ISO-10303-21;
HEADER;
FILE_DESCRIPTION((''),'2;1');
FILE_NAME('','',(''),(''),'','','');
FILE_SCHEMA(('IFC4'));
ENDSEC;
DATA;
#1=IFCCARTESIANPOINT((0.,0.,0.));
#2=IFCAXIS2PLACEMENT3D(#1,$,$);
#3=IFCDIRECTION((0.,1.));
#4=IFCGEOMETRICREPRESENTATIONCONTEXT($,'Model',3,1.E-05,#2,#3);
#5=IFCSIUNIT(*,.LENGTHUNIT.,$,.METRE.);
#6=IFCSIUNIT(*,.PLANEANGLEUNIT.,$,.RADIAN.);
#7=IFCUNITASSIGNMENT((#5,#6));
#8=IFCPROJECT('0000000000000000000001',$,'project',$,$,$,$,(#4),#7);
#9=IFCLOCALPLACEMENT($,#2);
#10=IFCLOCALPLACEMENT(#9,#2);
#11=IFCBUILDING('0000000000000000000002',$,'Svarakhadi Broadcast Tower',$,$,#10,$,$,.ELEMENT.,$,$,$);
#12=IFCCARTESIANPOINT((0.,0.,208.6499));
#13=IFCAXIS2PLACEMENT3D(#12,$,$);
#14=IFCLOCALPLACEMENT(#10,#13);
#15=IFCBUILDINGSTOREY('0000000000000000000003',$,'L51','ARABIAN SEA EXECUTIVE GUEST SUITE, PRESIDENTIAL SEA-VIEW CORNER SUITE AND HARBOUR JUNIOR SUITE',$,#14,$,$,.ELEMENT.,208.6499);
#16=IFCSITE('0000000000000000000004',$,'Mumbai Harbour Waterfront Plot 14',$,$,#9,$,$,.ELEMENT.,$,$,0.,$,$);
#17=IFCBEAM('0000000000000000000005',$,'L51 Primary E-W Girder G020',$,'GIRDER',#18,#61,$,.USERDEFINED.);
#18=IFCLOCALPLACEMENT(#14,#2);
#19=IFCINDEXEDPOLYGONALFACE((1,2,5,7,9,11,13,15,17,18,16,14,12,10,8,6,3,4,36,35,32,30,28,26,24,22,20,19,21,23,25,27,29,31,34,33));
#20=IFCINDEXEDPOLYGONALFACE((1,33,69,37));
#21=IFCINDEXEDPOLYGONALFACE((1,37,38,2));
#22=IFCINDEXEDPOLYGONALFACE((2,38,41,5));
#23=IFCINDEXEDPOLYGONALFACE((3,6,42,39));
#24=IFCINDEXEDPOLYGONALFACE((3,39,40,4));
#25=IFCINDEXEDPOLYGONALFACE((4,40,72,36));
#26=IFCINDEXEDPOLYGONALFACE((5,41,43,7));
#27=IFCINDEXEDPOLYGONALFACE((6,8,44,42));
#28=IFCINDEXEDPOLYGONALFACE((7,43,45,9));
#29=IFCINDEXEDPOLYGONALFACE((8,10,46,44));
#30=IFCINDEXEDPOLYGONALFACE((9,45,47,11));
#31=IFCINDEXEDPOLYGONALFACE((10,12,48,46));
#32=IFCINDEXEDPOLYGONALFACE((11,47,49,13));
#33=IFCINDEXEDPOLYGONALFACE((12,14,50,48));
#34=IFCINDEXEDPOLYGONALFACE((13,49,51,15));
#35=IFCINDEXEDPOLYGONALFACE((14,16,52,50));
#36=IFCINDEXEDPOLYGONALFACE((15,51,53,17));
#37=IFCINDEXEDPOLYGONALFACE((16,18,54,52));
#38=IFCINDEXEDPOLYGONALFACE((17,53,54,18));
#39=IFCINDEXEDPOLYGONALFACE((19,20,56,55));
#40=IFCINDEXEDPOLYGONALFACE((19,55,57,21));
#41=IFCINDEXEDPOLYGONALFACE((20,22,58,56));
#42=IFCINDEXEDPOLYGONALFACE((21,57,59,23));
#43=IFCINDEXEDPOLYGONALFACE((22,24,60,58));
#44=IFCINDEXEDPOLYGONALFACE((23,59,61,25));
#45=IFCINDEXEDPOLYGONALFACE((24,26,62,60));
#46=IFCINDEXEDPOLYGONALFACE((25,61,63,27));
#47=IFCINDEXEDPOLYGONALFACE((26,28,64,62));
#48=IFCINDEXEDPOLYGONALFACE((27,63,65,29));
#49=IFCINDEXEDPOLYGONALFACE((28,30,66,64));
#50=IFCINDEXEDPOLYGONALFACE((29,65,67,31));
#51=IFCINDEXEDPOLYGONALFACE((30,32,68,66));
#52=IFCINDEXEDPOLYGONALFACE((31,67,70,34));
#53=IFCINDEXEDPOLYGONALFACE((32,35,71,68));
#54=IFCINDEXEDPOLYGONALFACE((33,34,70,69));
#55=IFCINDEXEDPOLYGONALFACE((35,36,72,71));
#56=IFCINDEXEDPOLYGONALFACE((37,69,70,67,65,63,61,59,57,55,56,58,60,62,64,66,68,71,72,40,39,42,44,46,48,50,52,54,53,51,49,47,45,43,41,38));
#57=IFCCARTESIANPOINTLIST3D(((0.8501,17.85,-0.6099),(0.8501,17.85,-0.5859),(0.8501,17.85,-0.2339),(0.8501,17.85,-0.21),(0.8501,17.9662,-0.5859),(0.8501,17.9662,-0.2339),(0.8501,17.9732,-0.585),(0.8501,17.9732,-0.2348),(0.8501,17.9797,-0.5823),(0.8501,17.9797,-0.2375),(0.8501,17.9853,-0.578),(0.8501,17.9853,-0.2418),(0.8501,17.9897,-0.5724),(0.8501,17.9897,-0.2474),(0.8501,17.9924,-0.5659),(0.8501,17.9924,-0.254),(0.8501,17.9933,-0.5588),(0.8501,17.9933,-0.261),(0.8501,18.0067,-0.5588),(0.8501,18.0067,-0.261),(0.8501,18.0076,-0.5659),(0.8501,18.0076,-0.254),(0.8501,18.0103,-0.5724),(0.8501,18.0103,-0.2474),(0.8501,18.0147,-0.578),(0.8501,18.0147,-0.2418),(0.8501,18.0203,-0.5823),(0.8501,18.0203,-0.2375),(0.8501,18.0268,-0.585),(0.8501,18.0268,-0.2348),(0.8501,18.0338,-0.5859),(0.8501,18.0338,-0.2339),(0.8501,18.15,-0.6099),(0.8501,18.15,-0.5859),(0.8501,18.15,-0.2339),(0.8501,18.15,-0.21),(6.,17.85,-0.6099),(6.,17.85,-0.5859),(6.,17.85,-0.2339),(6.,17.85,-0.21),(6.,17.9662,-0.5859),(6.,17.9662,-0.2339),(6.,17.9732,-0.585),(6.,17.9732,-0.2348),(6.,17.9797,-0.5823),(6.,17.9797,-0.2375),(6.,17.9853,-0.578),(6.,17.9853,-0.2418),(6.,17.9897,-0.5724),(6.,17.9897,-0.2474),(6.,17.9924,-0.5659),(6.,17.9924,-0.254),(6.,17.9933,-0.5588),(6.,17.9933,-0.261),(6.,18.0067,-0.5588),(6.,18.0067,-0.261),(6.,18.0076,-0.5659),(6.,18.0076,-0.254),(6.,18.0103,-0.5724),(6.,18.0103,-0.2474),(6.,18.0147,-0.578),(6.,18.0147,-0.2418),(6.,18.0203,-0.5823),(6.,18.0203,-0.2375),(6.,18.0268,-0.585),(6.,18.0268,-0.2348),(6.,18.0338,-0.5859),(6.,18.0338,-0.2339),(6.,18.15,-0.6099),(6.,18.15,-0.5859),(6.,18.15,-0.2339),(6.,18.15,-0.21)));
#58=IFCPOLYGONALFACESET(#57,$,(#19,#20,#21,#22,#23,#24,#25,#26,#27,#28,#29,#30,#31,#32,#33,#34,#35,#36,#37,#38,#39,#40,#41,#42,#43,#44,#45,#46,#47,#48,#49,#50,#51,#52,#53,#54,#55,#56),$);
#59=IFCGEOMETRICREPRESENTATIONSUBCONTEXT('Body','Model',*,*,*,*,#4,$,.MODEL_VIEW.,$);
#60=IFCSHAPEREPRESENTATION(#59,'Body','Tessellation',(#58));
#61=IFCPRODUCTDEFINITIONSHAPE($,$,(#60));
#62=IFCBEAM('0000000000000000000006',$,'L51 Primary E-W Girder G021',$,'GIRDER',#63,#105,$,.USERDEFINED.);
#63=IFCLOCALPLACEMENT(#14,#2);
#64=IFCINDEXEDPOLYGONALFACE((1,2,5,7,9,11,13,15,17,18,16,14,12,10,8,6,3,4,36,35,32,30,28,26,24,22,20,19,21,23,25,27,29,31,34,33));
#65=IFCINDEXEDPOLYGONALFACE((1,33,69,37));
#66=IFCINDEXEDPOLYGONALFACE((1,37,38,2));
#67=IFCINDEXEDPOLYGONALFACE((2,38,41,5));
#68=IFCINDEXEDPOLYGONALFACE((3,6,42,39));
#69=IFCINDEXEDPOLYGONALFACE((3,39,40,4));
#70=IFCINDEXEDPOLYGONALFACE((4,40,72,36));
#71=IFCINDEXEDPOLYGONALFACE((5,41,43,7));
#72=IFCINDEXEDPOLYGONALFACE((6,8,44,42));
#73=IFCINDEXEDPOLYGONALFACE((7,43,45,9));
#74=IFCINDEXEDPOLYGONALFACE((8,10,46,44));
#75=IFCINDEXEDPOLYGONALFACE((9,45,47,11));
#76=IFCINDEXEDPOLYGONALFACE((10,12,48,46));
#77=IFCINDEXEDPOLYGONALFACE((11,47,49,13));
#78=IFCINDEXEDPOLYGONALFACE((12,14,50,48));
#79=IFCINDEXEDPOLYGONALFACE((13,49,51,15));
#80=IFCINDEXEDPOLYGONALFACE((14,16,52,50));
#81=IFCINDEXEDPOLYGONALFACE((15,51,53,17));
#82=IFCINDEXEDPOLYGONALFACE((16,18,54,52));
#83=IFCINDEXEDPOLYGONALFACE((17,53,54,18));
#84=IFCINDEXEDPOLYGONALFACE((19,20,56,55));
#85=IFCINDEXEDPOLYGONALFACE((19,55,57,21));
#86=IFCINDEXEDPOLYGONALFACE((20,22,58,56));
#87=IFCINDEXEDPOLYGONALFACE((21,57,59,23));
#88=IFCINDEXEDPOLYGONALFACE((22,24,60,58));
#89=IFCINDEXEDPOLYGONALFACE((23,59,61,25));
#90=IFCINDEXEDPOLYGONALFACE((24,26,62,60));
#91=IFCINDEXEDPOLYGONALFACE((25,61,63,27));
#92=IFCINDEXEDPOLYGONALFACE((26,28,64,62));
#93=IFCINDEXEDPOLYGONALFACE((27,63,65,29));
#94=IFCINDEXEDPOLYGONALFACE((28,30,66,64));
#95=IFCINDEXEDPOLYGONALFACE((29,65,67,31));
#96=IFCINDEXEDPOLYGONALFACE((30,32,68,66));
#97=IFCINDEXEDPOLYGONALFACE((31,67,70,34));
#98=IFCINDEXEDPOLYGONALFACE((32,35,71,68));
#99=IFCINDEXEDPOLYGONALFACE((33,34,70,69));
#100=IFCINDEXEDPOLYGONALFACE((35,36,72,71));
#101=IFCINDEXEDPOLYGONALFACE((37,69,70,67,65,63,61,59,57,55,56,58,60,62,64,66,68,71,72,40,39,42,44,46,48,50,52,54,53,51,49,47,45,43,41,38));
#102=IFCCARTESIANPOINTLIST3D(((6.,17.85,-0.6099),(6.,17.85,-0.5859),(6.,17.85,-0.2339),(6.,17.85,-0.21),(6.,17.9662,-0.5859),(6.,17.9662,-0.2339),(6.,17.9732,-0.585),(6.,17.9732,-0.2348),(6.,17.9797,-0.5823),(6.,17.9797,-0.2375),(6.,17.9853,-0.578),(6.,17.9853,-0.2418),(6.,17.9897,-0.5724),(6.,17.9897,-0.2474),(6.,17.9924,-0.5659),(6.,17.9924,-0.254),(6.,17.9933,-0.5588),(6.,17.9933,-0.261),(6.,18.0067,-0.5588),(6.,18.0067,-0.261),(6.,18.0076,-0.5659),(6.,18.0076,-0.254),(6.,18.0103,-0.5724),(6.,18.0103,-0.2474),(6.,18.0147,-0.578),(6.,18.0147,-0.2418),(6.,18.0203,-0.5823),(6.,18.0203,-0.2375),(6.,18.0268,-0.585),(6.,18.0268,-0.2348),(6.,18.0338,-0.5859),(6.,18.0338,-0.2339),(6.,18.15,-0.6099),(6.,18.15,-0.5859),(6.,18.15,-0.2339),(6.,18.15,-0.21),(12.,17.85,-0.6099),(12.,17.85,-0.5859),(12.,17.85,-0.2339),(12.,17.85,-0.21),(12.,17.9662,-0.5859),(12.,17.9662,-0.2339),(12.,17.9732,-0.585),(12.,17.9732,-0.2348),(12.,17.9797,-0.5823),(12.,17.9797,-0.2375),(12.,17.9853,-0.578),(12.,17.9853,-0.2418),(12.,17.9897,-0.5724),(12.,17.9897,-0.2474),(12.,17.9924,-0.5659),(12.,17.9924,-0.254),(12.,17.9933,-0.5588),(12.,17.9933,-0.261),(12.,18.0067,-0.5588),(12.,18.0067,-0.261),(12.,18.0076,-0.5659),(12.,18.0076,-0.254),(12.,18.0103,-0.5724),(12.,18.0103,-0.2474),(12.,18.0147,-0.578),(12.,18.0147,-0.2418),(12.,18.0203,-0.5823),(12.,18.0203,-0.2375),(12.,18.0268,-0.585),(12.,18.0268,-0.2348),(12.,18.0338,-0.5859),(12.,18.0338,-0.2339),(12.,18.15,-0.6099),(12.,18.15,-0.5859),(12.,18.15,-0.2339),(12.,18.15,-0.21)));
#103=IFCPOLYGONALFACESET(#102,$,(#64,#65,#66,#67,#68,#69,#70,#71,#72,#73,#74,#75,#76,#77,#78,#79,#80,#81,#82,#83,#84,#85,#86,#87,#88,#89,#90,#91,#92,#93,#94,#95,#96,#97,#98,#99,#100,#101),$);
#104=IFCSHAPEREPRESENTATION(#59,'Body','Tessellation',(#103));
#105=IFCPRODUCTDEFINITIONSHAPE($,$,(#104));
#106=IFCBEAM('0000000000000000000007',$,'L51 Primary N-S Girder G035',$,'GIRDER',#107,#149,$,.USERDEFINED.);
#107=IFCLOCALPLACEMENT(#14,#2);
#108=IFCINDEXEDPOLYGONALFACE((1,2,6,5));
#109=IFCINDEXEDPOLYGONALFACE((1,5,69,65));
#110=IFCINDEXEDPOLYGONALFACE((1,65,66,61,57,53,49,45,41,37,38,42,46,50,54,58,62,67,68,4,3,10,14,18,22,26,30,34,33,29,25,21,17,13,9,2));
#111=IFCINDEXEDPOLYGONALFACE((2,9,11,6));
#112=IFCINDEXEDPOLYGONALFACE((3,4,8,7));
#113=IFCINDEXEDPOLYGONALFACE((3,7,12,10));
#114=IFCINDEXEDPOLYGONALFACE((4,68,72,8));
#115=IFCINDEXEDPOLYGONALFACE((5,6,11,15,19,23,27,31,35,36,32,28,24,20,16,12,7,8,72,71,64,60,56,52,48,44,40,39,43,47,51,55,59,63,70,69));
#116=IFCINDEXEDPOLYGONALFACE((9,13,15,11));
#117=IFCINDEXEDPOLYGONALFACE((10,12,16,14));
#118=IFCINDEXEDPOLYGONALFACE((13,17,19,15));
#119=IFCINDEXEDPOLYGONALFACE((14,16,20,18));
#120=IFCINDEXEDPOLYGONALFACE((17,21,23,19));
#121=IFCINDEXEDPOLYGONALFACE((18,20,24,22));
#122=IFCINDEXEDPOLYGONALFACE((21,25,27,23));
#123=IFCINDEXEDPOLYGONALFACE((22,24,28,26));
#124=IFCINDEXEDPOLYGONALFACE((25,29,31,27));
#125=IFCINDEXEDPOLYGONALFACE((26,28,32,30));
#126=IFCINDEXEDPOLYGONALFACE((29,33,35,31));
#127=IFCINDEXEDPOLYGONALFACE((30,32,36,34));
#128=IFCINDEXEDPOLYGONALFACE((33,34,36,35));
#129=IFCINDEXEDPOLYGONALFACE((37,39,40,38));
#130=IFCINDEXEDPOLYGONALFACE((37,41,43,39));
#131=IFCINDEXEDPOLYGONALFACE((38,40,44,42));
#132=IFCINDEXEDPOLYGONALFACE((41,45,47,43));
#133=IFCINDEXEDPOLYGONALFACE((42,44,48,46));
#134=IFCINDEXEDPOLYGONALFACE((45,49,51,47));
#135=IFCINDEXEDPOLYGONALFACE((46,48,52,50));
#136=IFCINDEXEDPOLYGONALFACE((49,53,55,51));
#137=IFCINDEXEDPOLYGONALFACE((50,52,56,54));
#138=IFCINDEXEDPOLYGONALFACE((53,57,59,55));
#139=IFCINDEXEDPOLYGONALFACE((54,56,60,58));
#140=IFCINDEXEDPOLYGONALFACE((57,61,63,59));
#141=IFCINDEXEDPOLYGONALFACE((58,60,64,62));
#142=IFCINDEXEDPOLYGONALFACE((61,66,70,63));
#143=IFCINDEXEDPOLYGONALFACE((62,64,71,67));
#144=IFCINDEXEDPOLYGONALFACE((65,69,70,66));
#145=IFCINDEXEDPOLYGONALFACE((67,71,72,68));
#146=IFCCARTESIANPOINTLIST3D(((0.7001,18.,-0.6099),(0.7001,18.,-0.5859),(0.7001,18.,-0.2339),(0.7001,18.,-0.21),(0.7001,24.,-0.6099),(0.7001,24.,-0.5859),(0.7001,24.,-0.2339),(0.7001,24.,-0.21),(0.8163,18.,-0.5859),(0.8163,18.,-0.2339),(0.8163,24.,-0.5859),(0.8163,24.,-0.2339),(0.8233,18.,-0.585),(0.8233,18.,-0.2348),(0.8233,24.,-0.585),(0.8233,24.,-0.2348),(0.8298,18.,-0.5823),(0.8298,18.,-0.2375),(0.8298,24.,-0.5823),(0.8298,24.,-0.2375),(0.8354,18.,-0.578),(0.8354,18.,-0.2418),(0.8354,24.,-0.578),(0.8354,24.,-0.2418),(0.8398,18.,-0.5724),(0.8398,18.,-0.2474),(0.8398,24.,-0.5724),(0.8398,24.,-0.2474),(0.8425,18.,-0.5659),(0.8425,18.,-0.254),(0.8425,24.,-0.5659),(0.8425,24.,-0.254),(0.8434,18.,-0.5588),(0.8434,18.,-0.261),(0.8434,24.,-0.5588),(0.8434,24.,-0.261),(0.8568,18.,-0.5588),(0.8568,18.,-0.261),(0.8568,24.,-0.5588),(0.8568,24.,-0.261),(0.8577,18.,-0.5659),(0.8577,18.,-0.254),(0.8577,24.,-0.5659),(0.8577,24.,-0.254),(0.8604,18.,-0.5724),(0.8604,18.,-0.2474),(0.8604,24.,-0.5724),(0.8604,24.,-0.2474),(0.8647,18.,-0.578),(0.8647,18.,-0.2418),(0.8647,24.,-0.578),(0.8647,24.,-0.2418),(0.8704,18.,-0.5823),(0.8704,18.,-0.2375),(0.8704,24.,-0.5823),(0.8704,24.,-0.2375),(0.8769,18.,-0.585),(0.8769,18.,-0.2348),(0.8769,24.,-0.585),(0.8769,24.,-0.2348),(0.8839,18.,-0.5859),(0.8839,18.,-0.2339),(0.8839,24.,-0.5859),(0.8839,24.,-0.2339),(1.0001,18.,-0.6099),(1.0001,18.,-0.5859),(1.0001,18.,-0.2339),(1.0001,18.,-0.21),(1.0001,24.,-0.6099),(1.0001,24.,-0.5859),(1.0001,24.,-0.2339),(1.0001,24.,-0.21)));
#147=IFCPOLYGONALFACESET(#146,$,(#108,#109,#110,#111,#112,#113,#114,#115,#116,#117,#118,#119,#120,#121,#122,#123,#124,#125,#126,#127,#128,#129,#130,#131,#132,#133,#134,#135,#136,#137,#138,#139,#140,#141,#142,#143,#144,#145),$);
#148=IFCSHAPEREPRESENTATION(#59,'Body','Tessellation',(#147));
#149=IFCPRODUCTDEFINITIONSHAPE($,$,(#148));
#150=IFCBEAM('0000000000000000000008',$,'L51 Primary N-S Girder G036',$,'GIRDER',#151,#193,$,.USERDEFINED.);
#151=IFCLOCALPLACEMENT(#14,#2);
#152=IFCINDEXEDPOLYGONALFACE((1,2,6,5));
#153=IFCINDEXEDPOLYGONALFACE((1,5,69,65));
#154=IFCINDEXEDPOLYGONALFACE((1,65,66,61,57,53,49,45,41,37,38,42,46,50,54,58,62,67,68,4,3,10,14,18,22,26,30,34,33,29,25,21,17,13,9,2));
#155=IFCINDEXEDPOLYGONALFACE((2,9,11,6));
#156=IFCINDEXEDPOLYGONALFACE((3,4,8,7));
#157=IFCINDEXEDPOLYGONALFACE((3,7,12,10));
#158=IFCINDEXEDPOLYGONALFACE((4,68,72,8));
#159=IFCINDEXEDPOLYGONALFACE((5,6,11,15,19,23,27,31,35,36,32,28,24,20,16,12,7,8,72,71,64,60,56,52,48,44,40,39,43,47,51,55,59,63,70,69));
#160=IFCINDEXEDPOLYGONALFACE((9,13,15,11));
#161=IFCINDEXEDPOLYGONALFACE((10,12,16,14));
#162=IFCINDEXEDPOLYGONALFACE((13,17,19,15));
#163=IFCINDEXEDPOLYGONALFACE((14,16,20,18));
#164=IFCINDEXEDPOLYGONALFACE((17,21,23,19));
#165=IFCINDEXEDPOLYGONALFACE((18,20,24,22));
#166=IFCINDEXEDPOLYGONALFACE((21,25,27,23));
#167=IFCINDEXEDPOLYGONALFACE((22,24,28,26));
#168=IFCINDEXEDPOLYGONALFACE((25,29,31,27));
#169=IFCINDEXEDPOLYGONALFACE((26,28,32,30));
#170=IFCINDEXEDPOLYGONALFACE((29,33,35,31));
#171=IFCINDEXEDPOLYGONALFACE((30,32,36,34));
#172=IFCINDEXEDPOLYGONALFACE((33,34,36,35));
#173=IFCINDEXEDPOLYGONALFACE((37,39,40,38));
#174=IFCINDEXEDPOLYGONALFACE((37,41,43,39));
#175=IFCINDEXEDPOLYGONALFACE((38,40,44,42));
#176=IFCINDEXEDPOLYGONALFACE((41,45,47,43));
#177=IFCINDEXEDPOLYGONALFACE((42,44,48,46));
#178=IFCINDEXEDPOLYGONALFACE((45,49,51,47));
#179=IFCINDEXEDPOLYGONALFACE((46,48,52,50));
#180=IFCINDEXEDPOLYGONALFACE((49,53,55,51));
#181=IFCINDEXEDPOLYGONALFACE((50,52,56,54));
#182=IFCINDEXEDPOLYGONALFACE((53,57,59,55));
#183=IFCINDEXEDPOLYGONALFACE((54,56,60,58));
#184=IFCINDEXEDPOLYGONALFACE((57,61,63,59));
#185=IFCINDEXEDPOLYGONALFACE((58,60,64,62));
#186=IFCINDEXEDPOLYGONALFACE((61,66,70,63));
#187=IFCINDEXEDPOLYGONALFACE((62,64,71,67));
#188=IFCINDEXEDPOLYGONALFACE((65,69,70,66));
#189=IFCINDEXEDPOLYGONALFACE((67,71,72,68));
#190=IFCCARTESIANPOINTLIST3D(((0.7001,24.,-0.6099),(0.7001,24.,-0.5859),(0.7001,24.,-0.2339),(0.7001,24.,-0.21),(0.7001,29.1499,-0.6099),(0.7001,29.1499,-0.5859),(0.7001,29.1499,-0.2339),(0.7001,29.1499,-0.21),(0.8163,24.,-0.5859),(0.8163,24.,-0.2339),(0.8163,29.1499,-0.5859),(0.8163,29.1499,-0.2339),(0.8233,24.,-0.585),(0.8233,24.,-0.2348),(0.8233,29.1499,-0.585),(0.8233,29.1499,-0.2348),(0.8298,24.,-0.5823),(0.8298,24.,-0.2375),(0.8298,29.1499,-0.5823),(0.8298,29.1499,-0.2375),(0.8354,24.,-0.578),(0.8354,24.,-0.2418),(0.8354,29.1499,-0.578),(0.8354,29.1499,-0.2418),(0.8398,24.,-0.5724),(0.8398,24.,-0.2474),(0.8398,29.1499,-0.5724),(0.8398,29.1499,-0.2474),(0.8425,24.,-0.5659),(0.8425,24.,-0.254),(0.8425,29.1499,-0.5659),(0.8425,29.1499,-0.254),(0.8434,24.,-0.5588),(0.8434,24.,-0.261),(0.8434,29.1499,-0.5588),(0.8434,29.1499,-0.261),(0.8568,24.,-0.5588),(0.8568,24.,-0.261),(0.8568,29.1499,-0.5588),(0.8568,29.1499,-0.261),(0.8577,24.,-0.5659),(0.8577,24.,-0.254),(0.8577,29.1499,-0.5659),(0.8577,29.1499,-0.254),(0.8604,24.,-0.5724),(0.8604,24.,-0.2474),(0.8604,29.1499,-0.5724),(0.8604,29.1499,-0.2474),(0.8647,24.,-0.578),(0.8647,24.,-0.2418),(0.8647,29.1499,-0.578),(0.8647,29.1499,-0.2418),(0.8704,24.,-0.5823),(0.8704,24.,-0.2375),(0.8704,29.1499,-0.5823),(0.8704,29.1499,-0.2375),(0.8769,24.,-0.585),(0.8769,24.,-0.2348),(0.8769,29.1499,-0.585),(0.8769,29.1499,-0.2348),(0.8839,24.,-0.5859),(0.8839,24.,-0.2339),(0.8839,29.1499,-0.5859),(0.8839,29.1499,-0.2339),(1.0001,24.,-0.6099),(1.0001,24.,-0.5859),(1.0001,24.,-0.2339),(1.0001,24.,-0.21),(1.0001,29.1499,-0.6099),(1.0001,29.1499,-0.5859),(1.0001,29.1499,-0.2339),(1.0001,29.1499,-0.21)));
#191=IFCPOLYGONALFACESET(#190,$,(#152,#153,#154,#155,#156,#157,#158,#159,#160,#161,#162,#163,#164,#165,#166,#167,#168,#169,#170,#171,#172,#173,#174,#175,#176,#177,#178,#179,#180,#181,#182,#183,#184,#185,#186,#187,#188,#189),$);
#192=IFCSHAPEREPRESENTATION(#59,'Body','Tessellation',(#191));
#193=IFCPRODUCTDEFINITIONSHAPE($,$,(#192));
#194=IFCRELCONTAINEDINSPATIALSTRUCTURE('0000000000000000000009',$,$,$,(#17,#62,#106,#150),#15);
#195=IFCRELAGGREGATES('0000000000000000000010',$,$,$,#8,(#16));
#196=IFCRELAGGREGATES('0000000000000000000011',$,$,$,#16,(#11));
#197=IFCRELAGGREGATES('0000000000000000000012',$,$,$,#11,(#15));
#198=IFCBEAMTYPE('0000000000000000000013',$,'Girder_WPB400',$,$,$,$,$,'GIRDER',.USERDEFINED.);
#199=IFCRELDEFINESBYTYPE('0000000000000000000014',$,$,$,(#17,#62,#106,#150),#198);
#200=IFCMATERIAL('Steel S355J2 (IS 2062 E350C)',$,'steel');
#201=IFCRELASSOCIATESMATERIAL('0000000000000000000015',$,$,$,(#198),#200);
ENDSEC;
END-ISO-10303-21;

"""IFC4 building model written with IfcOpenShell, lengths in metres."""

from ifc_helpers import new_model, si_unit, direction, frame, origin, origin_2d, place, context, subcontext, project, spatial, i_section, extrude, material, material_profile, profile_set, type_object, element, save


model = new_model("IFC4")

# Units and contexts
model_context = context("Model", 3, precision=1e-05, world=origin(), true_north=direction((0.0, 1.0)))
body_context = subcontext(model_context, "Body", "Model", "MODEL_VIEW")
ifc_project = project(units=[si_unit("LENGTHUNIT", "METRE"), si_unit("PLANEANGLEUNIT", "RADIAN")], contexts=[model_context])

# Site, building, storey
site_placement = place(None, origin())
site = spatial("IfcSite", under=ifc_project, at=site_placement, Name="Mumbai Harbour Waterfront Plot 14", CompositionType="ELEMENT", RefElevation=0.0)
building_placement = place(site_placement, origin())
building = spatial("IfcBuilding", under=site, at=building_placement, Name="Svarakhadi Broadcast Tower", CompositionType="ELEMENT")
storey_placement = place(building_placement, frame((0.0, 0.0, 208.6499)))
storey = spatial("IfcBuildingStorey", under=building, at=storey_placement, Name="L51", Description="ARABIAN SEA EXECUTIVE GUEST SUITE, PRESIDENTIAL SEA-VIEW CORNER SUITE AND HARBOUR JUNIOR SUITE", CompositionType="ELEMENT", Elevation=208.6499)

# Shared definitions
ifc_material_1 = material(Name="Steel S355J2 (IS 2062 E350C)", Category="steel")

# Beams
ifc_material_profile_1 = material_profile(ifc_material_1, i_section(OverallWidth=0.3, OverallDepth=0.3999, WebThickness=0.0134, FlangeThickness=0.0239, FilletRadius=0.0271, at=origin_2d()), Name="WPB 400x300x155")
ifc_profile_set_1 = profile_set([ifc_material_profile_1], Name="Steel S355J2 (IS 2062 E350C)")
beam_type_1 = type_object("IfcBeamType", Name="Girder_WPB400", ElementType="GIRDER", PredefinedType="USERDEFINED", material=ifc_profile_set_1)
beam_1_placement = place(storey_placement, frame((0.8501, 18.0, -0.4099), z_axis=(1.0, 0.0, 0.0), x_axis=(0.0, 1.0, 0.0)))
element("IfcBeam", 1, at=beam_1_placement, inside=storey, type_object=beam_type_1, Name="L51 Primary E-W Girder G020", ObjectType="GIRDER", PredefinedType="USERDEFINED", context=body_context, shape_type="SweptSolid", body=[
    extrude(i_section(OverallWidth=0.3, OverallDepth=0.3999, WebThickness=0.0134, FlangeThickness=0.0239, FilletRadius=0.0271, at=origin_2d()), origin(), (0.0, 0.0, 1.0), 5.1499),
])
for number, where, z_axis, x_axis, name in (
    (2, (6.0, 18.0, -0.4099), (1.0, 0.0, 0.0), (0.0, 1.0, 0.0), "L51 Primary E-W Girder G021"),
    (3, (0.8501, 18.0, -0.4099), (0.0, 1.0, 0.0), (-1.0, 0.0, 0.0), "L51 Primary N-S Girder G035"),
):
    element("IfcBeam", number, at=place(storey_placement, frame(where, z_axis=z_axis, x_axis=x_axis)), inside=storey, type_object=beam_type_1, Name=name, ObjectType="GIRDER", PredefinedType="USERDEFINED", context=body_context, shape_type="SweptSolid", body=[
        extrude(i_section(OverallWidth=0.3, OverallDepth=0.3999, WebThickness=0.0134, FlangeThickness=0.0239, FilletRadius=0.0271, at=origin_2d()), origin(), (0.0, 0.0, 1.0), 6.0),
    ])
beam_2_placement = place(storey_placement, frame((0.8501, 24.0, -0.4099), z_axis=(0.0, 1.0, 0.0), x_axis=(-1.0, 0.0, 0.0)))
element("IfcBeam", 4, at=beam_2_placement, inside=storey, type_object=beam_type_1, Name="L51 Primary N-S Girder G036", ObjectType="GIRDER", PredefinedType="USERDEFINED", context=body_context, shape_type="SweptSolid", body=[
    extrude(i_section(OverallWidth=0.3, OverallDepth=0.3999, WebThickness=0.0134, FlangeThickness=0.0239, FilletRadius=0.0271, at=origin_2d()), origin(), (0.0, 0.0, 1.0), 5.1499),
])

save(model, "model.ifc")
